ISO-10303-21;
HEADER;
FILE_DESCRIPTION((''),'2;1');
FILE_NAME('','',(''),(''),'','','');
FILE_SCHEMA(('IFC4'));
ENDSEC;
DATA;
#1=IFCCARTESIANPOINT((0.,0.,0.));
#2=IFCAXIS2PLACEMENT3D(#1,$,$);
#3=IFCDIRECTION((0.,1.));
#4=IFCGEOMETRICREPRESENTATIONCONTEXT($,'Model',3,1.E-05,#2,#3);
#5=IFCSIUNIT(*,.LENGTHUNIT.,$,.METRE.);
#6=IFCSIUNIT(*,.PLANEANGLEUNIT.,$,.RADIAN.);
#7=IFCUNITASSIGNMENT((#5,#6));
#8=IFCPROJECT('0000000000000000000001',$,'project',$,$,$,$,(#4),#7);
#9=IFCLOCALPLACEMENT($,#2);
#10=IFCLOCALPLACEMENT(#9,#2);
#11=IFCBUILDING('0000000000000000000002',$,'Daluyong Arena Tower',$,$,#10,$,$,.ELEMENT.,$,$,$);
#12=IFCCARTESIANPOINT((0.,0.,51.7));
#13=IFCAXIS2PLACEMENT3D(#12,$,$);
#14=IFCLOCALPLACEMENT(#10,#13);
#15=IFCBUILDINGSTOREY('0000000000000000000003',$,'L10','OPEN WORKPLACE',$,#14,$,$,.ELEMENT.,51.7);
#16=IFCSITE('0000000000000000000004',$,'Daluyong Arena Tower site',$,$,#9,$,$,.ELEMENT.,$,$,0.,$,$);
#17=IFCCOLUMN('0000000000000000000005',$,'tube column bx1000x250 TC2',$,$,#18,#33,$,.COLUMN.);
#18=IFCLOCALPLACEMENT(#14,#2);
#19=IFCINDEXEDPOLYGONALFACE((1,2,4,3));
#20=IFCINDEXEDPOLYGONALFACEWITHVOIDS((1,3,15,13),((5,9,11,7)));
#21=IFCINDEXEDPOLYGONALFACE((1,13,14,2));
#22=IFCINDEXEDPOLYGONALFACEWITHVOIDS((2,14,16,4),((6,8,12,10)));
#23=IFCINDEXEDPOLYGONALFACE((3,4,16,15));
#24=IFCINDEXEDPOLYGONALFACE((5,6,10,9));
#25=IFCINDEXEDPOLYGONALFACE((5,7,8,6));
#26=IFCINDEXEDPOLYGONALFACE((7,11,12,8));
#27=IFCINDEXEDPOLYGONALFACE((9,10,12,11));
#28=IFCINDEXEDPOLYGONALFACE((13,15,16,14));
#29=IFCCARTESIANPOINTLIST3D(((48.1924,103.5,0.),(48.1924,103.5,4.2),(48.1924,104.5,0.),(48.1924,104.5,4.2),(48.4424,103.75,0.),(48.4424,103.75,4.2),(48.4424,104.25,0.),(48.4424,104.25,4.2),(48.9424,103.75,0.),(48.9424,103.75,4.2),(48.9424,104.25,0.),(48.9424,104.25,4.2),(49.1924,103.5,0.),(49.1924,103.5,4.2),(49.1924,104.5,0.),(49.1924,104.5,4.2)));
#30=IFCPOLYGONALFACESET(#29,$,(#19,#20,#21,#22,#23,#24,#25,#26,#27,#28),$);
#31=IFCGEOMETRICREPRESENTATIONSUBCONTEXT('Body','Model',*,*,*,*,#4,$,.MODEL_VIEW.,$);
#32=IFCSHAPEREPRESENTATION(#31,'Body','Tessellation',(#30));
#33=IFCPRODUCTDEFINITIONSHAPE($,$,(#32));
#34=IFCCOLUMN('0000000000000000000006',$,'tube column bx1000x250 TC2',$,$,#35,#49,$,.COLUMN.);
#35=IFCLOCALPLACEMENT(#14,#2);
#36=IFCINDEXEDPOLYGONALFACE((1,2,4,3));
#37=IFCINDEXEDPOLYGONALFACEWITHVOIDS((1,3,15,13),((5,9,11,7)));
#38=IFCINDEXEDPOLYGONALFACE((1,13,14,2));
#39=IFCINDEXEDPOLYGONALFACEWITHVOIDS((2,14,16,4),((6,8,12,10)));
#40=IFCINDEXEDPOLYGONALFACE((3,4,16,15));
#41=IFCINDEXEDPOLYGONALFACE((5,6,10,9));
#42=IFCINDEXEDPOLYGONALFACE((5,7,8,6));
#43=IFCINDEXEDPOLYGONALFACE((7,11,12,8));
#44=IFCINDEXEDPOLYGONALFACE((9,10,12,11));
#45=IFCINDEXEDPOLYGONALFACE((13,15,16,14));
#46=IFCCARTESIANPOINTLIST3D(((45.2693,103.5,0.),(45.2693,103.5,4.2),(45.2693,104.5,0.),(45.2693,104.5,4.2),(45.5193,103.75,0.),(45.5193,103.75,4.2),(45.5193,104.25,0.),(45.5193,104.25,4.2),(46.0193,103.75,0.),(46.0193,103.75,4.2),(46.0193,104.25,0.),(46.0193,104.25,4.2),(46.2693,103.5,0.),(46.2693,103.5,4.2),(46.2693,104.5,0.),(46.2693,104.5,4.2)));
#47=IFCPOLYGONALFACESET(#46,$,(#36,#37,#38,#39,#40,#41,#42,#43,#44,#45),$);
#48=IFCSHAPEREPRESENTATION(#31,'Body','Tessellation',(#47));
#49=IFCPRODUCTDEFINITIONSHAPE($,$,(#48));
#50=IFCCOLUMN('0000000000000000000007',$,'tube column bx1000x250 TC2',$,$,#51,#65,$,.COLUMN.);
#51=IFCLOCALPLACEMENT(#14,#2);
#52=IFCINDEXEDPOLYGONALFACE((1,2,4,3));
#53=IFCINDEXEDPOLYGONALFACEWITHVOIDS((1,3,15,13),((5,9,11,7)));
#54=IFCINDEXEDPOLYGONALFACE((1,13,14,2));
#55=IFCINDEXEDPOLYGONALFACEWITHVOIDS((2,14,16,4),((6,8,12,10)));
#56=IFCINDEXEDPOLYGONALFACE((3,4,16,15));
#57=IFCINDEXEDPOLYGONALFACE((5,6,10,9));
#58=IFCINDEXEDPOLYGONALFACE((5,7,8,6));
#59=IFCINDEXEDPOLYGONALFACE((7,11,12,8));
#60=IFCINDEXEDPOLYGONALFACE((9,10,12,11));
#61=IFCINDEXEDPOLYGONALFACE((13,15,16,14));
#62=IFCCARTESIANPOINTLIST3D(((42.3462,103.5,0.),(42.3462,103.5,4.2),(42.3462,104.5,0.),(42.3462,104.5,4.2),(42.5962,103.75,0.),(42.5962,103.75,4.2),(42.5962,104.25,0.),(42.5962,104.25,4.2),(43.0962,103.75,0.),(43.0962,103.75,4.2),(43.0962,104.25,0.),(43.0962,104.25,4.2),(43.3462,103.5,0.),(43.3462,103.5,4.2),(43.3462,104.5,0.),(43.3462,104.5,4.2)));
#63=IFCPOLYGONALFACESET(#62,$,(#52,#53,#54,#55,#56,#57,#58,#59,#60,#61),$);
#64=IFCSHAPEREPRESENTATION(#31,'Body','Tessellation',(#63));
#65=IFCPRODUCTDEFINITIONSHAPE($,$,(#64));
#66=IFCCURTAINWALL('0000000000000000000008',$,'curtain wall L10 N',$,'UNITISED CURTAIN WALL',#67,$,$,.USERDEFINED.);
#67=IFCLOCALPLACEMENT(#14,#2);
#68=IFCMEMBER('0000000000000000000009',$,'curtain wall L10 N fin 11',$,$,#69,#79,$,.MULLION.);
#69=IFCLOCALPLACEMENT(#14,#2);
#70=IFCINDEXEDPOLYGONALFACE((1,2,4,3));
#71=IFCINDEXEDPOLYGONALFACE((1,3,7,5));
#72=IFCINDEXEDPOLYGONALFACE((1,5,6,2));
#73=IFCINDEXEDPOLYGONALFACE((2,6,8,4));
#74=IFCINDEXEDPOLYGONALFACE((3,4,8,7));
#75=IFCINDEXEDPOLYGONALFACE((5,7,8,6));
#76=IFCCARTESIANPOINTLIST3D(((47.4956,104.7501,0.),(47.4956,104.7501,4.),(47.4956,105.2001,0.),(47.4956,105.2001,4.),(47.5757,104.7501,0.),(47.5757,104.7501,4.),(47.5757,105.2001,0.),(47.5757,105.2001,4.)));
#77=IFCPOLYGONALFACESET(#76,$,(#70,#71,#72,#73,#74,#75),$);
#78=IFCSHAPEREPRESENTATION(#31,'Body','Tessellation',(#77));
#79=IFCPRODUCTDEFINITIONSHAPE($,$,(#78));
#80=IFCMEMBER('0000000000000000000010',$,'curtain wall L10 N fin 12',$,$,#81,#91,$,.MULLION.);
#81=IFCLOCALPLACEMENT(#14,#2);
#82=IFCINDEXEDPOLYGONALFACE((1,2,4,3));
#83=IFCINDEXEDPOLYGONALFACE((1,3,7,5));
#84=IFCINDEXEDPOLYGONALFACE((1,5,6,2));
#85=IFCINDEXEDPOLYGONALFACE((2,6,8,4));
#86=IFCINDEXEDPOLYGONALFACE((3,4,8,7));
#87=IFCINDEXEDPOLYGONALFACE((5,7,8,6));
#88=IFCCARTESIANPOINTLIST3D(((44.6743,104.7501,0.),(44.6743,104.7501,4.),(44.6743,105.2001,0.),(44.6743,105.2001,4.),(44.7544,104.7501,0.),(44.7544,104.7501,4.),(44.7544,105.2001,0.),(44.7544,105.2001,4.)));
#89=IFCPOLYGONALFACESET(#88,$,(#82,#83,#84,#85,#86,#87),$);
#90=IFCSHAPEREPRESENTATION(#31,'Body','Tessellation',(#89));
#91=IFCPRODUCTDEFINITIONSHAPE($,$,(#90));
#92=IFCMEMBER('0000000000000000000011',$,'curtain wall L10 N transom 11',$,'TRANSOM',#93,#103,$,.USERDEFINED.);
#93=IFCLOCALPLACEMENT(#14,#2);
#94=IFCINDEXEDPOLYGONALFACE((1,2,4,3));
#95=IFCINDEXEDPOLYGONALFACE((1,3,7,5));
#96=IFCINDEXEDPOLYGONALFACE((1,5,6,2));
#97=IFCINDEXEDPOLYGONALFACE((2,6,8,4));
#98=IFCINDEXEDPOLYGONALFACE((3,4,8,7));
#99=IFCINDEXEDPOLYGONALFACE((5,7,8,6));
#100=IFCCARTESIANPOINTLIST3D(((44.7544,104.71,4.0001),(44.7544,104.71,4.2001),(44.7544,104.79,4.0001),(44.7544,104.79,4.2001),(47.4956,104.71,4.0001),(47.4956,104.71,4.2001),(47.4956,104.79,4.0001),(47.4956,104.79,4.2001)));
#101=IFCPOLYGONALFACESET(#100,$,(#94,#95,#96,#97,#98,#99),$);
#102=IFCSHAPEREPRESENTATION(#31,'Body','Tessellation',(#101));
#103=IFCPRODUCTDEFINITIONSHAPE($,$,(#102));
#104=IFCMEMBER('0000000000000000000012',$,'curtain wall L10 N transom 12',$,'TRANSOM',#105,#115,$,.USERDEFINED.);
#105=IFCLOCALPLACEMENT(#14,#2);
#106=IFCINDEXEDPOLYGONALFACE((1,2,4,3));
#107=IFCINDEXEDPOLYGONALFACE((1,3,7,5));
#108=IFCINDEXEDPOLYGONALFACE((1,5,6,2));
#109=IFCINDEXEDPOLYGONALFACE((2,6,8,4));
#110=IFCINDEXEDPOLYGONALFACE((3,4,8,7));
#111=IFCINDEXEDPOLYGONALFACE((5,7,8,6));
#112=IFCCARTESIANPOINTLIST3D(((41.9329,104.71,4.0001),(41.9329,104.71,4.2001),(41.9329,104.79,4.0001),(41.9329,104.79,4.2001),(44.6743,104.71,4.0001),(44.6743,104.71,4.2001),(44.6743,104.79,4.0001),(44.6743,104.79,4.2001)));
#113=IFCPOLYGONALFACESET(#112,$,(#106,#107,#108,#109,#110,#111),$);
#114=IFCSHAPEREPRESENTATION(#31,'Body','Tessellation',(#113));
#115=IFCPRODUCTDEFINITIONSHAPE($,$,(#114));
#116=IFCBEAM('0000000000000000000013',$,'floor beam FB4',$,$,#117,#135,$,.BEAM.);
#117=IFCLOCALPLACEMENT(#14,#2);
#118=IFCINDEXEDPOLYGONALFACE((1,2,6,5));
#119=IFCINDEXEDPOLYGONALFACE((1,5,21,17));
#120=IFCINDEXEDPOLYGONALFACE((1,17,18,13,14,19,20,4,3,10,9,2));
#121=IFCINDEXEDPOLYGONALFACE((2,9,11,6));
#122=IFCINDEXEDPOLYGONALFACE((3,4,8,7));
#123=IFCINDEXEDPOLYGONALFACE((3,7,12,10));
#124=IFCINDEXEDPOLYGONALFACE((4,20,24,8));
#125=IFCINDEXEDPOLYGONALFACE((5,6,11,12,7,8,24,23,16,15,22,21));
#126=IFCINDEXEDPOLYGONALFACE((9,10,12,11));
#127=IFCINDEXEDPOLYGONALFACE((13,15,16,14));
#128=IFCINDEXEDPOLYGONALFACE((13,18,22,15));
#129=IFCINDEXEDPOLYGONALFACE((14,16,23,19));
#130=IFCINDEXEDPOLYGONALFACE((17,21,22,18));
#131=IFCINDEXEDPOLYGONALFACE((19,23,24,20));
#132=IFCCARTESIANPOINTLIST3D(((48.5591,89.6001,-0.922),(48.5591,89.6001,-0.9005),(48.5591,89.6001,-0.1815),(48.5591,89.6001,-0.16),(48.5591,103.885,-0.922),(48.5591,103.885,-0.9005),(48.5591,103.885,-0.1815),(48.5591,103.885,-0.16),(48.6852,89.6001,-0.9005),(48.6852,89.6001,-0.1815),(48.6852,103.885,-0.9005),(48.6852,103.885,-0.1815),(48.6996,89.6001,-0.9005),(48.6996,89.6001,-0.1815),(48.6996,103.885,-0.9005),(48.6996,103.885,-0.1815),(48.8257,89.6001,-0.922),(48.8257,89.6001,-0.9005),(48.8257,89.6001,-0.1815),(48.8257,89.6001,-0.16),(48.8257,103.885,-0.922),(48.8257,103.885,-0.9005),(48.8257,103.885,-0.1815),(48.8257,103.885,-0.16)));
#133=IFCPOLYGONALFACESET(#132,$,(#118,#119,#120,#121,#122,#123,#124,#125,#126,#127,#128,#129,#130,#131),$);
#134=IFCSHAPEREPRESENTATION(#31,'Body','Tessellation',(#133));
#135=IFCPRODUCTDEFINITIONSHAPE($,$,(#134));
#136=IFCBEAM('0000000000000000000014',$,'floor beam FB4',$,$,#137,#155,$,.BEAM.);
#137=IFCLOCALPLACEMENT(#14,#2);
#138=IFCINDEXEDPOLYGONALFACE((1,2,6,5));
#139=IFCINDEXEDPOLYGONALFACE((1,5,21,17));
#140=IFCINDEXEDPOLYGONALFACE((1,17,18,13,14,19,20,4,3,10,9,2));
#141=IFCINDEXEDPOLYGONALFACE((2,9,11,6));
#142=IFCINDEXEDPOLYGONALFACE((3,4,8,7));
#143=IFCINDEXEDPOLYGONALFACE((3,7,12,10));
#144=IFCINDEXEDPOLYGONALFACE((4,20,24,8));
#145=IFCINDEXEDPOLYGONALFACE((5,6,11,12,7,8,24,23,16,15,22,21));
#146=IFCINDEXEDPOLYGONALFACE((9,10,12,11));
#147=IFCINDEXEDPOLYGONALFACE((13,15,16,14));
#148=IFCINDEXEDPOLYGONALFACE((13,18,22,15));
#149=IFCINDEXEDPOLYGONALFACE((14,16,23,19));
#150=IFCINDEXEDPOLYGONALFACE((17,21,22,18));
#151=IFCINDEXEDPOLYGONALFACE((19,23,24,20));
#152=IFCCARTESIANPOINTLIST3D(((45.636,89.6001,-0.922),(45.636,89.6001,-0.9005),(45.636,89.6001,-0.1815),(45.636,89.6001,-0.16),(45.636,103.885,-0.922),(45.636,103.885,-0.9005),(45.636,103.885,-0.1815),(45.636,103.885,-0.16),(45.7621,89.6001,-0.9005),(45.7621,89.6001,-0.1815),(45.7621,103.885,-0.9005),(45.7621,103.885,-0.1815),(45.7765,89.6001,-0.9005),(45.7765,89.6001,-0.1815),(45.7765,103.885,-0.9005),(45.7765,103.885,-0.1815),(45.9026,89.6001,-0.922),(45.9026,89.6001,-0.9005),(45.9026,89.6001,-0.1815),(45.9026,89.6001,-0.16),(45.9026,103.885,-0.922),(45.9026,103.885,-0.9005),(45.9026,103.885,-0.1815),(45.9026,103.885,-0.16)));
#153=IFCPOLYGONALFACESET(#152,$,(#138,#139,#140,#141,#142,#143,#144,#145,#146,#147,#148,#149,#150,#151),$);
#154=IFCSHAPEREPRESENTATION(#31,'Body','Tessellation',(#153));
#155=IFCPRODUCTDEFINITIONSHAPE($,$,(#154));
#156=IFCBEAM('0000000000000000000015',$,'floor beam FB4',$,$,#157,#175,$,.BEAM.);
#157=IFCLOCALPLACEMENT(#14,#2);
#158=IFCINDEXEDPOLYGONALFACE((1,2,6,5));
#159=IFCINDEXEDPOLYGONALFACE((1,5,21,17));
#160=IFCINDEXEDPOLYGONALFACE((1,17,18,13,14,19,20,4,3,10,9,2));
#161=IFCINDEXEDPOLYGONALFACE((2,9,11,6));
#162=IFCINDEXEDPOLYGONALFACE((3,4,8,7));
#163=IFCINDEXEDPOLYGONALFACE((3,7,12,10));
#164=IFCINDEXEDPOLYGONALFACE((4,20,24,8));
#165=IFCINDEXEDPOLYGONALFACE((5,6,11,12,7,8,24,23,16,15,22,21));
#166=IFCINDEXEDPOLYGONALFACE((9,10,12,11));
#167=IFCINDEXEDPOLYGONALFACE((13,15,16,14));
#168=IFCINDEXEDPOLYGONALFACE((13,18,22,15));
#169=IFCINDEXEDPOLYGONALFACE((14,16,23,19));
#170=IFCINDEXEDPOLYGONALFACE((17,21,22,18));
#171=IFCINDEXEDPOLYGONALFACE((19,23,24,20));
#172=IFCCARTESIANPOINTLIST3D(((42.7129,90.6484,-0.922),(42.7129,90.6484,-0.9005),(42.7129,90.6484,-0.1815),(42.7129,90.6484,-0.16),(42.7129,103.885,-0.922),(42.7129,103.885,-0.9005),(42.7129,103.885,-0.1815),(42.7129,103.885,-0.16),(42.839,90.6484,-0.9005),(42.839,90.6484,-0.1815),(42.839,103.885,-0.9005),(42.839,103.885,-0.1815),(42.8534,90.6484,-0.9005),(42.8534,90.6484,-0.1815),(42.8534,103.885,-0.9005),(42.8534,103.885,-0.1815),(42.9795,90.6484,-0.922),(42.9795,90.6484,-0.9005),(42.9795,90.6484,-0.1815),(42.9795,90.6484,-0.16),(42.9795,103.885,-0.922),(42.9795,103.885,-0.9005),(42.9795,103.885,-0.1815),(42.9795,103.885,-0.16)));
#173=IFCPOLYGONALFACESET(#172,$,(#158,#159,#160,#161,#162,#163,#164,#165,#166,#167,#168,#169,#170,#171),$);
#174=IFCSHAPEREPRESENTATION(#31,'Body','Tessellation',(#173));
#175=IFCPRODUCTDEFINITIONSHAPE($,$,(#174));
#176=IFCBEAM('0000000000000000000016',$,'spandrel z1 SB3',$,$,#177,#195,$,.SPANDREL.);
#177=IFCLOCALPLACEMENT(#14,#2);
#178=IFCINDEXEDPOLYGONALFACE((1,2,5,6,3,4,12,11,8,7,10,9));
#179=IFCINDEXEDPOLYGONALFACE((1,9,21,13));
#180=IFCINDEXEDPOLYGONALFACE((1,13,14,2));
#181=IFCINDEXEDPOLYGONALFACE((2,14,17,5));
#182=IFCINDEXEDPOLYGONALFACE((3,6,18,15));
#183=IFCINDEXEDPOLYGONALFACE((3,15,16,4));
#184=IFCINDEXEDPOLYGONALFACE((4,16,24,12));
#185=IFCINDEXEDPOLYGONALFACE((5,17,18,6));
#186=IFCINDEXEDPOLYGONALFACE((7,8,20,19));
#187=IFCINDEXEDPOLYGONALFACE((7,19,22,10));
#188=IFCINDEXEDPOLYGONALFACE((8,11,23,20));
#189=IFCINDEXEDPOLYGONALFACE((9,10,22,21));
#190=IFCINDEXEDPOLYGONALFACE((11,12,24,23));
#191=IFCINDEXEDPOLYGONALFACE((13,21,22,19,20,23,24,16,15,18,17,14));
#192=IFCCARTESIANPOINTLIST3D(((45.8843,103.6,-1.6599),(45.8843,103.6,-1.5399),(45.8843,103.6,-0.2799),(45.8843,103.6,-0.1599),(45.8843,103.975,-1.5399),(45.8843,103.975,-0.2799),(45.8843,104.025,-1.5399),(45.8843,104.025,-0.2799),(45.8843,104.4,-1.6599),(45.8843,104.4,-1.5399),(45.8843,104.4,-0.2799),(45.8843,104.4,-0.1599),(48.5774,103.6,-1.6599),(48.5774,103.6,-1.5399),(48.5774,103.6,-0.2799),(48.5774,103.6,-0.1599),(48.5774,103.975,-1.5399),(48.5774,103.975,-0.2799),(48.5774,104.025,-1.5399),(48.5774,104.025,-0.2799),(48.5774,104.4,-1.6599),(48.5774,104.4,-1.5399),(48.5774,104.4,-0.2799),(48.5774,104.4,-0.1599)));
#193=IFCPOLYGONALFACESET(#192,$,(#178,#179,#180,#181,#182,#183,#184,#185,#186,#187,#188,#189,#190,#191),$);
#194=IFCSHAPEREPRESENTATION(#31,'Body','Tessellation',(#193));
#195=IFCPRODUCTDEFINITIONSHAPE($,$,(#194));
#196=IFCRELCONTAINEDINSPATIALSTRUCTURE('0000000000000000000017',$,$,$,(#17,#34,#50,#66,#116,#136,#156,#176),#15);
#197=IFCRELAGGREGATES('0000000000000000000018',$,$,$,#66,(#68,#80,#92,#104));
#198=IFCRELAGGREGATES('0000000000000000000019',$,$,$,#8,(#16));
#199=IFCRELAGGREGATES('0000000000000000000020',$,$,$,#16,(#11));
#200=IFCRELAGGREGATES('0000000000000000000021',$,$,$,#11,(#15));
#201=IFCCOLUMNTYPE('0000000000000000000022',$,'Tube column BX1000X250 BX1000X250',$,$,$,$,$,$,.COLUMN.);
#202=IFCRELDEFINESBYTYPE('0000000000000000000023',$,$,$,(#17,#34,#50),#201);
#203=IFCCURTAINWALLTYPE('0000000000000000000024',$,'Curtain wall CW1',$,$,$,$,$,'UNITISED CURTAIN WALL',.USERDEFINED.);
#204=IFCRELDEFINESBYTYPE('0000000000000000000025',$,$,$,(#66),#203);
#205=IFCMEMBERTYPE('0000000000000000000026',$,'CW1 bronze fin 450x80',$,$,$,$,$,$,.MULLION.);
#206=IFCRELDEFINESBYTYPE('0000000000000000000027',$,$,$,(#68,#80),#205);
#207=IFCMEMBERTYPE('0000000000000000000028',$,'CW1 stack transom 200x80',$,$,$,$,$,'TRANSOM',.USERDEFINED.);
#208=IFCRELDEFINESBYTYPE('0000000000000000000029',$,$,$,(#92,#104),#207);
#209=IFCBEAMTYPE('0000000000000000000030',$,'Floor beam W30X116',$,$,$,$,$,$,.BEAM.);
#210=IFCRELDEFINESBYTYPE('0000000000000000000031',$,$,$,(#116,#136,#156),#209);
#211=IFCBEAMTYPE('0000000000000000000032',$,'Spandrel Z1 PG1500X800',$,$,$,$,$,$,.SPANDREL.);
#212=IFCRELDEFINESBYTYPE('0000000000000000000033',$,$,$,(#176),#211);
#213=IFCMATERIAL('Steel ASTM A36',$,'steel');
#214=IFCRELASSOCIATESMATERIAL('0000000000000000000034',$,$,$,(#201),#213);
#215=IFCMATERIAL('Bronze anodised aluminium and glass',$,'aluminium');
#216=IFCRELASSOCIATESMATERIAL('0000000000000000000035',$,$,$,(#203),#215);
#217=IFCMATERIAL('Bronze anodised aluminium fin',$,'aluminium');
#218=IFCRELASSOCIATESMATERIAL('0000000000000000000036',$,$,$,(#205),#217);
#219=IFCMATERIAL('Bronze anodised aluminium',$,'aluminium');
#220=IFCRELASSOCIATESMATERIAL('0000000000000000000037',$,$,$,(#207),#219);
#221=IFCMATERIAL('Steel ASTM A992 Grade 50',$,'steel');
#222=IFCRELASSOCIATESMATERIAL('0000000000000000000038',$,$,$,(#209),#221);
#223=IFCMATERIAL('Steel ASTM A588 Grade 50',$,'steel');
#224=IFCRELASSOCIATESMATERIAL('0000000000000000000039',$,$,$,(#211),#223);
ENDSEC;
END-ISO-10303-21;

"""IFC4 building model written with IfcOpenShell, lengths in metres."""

from ifc_helpers import new_model, si_unit, direction, frame, origin, origin_2d, place, context, subcontext, project, spatial, rectangle, hollow_rectangle, i_section, extrude, material, material_profile, profile_set, type_object, element, aggregate, save


model = new_model("IFC4")

# Units and contexts
model_context = context("Model", 3, precision=1e-05, world=origin(), true_north=direction((0.0, 1.0)))
body_context = subcontext(model_context, "Body", "Model", "MODEL_VIEW")
ifc_project = project(units=[si_unit("LENGTHUNIT", "METRE"), si_unit("PLANEANGLEUNIT", "RADIAN")], contexts=[model_context])

# Site, building, storey
site_placement = place(None, origin())
site = spatial("IfcSite", under=ifc_project, at=site_placement, Name="Daluyong Arena Tower site", CompositionType="ELEMENT", RefElevation=0.0)
building_placement = place(site_placement, origin())
building = spatial("IfcBuilding", under=site, at=building_placement, Name="Daluyong Arena Tower", CompositionType="ELEMENT")
storey_placement = place(building_placement, frame((0.0, 0.0, 51.7)))
storey = spatial("IfcBuildingStorey", under=building, at=storey_placement, Name="L10", Description="OPEN WORKPLACE", CompositionType="ELEMENT", Elevation=51.7)

# Columns
ifc_material_1 = material(Name="Steel ASTM A36", Category="steel")
ifc_material_profile_1 = material_profile(ifc_material_1, hollow_rectangle(XDim=1.0, YDim=1.0, WallThickness=0.25, at=origin_2d()))
ifc_profile_set_1 = profile_set([ifc_material_profile_1], Name="Steel ASTM A36")
column_type = type_object("IfcColumnType", Name="Tube column BX1000X250 BX1000X250", PredefinedType="COLUMN", material=ifc_profile_set_1)
for number, where, z_axis, x_axis, name in (
    (1, (48.6924, 104.0, 0.0), (0.0, 0.0, 1.0), (1.0, 0.0, 0.0), "tube column bx1000x250 TC2"),
    (2, (45.7693, 104.0, 0.0), (0.0, 0.0, 1.0), (1.0, 0.0, 0.0), "tube column bx1000x250 TC2"),
    (3, (42.8462, 104.0, 0.0), (0.0, 0.0, 1.0), (1.0, 0.0, 0.0), "tube column bx1000x250 TC2"),
):
    element("IfcColumn", number, at=place(storey_placement, frame(where, z_axis=z_axis, x_axis=x_axis)), inside=storey, type_object=column_type, Name=name, PredefinedType="COLUMN", context=body_context, shape_type="SweptSolid", body=[
        extrude(hollow_rectangle(XDim=1.0, YDim=1.0, WallThickness=0.25, at=origin_2d()), origin(), (0.0, 0.0, 1.0), 4.2),
    ])

# Curtain wall, members
ifc_material_2 = material(Name="Bronze anodised aluminium and glass", Category="aluminium")
curtain_wall_type = type_object("IfcCurtainWallType", Name="Curtain wall CW1", ElementType="UNITISED CURTAIN WALL", PredefinedType="USERDEFINED", material=ifc_material_2)
curtain_wall_placement = place(storey_placement, origin())
curtain_wall = element("IfcCurtainWall", 4, at=curtain_wall_placement, inside=storey, type_object=curtain_wall_type, Name="curtain wall L10 N", ObjectType="UNITISED CURTAIN WALL", PredefinedType="USERDEFINED")
ifc_material_3 = material(Name="Bronze anodised aluminium fin", Category="aluminium")
ifc_material_profile_2 = material_profile(ifc_material_3, rectangle(XDim=0.45, YDim=0.0801, at=origin_2d()))
ifc_profile_set_2 = profile_set([ifc_material_profile_2], Name="Bronze anodised aluminium fin")
member_type_1 = type_object("IfcMemberType", Name="CW1 bronze fin 450x80", PredefinedType="MULLION", material=ifc_profile_set_2)
member_1_placement = place(storey_placement, frame((47.5356, 104.9751, 0.0), z_axis=(0.0, 0.0, 1.0), x_axis=(0.0, -1.0, 0.0)))
member_1 = element("IfcMember", 5, at=member_1_placement, type_object=member_type_1, Name="curtain wall L10 N fin 11", PredefinedType="MULLION", context=body_context, shape_type="SweptSolid", body=[
    extrude(rectangle(XDim=0.45, YDim=0.0801, at=origin_2d()), origin(), (0.0, 0.0, 1.0), 4.0),
])
member_2_placement = place(storey_placement, frame((44.7144, 104.9751, 0.0), z_axis=(0.0, 0.0, 1.0), x_axis=(0.0, -1.0, 0.0)))
member_2 = element("IfcMember", 6, at=member_2_placement, type_object=member_type_1, Name="curtain wall L10 N fin 12", PredefinedType="MULLION", context=body_context, shape_type="SweptSolid", body=[
    extrude(rectangle(XDim=0.45, YDim=0.0801, at=origin_2d()), origin(), (0.0, 0.0, 1.0), 4.0),
])
ifc_material_4 = material(Name="Bronze anodised aluminium", Category="aluminium")
ifc_material_profile_3 = material_profile(ifc_material_4, rectangle(XDim=0.0801, YDim=0.2, at=origin_2d()))
ifc_profile_set_3 = profile_set([ifc_material_profile_3], Name="Bronze anodised aluminium")
member_type_2 = type_object("IfcMemberType", Name="CW1 stack transom 200x80", ElementType="TRANSOM", PredefinedType="USERDEFINED", material=ifc_profile_set_3)
member_3_placement = place(storey_placement, frame((47.4956, 104.75, 4.1001), z_axis=(-1.0, 0.0, 0.0), x_axis=(0.0, -1.0, 0.0)))
member_3 = element("IfcMember", 7, at=member_3_placement, type_object=member_type_2, Name="curtain wall L10 N transom 11", ObjectType="TRANSOM", PredefinedType="USERDEFINED", context=body_context, shape_type="SweptSolid", body=[
    extrude(rectangle(XDim=0.0801, YDim=0.2, at=origin_2d()), origin(), (0.0, 0.0, 1.0), 2.7412),
])
member_4_placement = place(storey_placement, frame((44.6743, 104.75, 4.1001), z_axis=(-1.0, 0.0, 0.0), x_axis=(0.0, -1.0, 0.0)))
member_4 = element("IfcMember", 8, at=member_4_placement, type_object=member_type_2, Name="curtain wall L10 N transom 12", ObjectType="TRANSOM", PredefinedType="USERDEFINED", context=body_context, shape_type="SweptSolid", body=[
    extrude(rectangle(XDim=0.0801, YDim=0.2, at=origin_2d()), origin(), (0.0, 0.0, 1.0), 2.7415),
])

# Beams
ifc_material_5 = material(Name="Steel ASTM A992 Grade 50", Category="steel")
ifc_material_profile_4 = material_profile(ifc_material_5, i_section(OverallWidth=0.2666, OverallDepth=0.762, WebThickness=0.0144, FlangeThickness=0.0215, at=origin_2d()))
ifc_profile_set_4 = profile_set([ifc_material_profile_4], Name="Steel ASTM A992 Grade 50")
beam_type_1 = type_object("IfcBeamType", Name="Floor beam W30X116", PredefinedType="BEAM", material=ifc_profile_set_4)
for number, where, z_axis, x_axis, name in (
    (9, (48.6924, 103.885, -0.541), (0.0, -1.0, 0.0), (1.0, 0.0, 0.0), "floor beam FB4"),
    (10, (45.7693, 103.885, -0.541), (0.0, -1.0, 0.0), (1.0, 0.0, 0.0), "floor beam FB4"),
):
    element("IfcBeam", number, at=place(storey_placement, frame(where, z_axis=z_axis, x_axis=x_axis)), inside=storey, type_object=beam_type_1, Name=name, PredefinedType="BEAM", context=body_context, shape_type="SweptSolid", body=[
        extrude(i_section(OverallWidth=0.2666, OverallDepth=0.762, WebThickness=0.0144, FlangeThickness=0.0215, at=origin_2d()), origin(), (0.0, 0.0, 1.0), 14.2849),
    ])
beam_placement = place(storey_placement, frame((42.8462, 103.885, -0.541), z_axis=(0.0, -1.0, 0.0), x_axis=(1.0, 0.0, 0.0)))
element("IfcBeam", 11, at=beam_placement, inside=storey, type_object=beam_type_1, Name="floor beam FB4", PredefinedType="BEAM", context=body_context, shape_type="SweptSolid", body=[
    extrude(i_section(OverallWidth=0.2666, OverallDepth=0.762, WebThickness=0.0144, FlangeThickness=0.0215, at=origin_2d()), origin(), (0.0, 0.0, 1.0), 13.2366),
])
ifc_material_6 = material(Name="Steel ASTM A588 Grade 50", Category="steel")
ifc_material_profile_5 = material_profile(ifc_material_6, i_section(OverallWidth=0.8, OverallDepth=1.5, WebThickness=0.05, FlangeThickness=0.12, at=origin_2d()))
ifc_profile_set_5 = profile_set([ifc_material_profile_5], Name="Steel ASTM A588 Grade 50")
beam_type_2 = type_object("IfcBeamType", Name="Spandrel Z1 PG1500X800", PredefinedType="SPANDREL", material=ifc_profile_set_5)
for number, where, z_axis, x_axis, name in (
    (12, (48.5774, 104.0, -0.9099), (-1.0, 0.0, 0.0), (0.0, -1.0, 0.0), "spandrel z1 SB3"),
):
    element("IfcBeam", number, at=place(storey_placement, frame(where, z_axis=z_axis, x_axis=x_axis)), inside=storey, type_object=beam_type_2, Name=name, PredefinedType="SPANDREL", context=body_context, shape_type="SweptSolid", body=[
        extrude(i_section(OverallWidth=0.8, OverallDepth=1.5, WebThickness=0.05, FlangeThickness=0.12, at=origin_2d()), origin(), (0.0, 0.0, 1.0), 2.6931),
    ])

aggregate(curtain_wall, [member_1, member_2, member_3, member_4])

save(model, "model.ifc")
